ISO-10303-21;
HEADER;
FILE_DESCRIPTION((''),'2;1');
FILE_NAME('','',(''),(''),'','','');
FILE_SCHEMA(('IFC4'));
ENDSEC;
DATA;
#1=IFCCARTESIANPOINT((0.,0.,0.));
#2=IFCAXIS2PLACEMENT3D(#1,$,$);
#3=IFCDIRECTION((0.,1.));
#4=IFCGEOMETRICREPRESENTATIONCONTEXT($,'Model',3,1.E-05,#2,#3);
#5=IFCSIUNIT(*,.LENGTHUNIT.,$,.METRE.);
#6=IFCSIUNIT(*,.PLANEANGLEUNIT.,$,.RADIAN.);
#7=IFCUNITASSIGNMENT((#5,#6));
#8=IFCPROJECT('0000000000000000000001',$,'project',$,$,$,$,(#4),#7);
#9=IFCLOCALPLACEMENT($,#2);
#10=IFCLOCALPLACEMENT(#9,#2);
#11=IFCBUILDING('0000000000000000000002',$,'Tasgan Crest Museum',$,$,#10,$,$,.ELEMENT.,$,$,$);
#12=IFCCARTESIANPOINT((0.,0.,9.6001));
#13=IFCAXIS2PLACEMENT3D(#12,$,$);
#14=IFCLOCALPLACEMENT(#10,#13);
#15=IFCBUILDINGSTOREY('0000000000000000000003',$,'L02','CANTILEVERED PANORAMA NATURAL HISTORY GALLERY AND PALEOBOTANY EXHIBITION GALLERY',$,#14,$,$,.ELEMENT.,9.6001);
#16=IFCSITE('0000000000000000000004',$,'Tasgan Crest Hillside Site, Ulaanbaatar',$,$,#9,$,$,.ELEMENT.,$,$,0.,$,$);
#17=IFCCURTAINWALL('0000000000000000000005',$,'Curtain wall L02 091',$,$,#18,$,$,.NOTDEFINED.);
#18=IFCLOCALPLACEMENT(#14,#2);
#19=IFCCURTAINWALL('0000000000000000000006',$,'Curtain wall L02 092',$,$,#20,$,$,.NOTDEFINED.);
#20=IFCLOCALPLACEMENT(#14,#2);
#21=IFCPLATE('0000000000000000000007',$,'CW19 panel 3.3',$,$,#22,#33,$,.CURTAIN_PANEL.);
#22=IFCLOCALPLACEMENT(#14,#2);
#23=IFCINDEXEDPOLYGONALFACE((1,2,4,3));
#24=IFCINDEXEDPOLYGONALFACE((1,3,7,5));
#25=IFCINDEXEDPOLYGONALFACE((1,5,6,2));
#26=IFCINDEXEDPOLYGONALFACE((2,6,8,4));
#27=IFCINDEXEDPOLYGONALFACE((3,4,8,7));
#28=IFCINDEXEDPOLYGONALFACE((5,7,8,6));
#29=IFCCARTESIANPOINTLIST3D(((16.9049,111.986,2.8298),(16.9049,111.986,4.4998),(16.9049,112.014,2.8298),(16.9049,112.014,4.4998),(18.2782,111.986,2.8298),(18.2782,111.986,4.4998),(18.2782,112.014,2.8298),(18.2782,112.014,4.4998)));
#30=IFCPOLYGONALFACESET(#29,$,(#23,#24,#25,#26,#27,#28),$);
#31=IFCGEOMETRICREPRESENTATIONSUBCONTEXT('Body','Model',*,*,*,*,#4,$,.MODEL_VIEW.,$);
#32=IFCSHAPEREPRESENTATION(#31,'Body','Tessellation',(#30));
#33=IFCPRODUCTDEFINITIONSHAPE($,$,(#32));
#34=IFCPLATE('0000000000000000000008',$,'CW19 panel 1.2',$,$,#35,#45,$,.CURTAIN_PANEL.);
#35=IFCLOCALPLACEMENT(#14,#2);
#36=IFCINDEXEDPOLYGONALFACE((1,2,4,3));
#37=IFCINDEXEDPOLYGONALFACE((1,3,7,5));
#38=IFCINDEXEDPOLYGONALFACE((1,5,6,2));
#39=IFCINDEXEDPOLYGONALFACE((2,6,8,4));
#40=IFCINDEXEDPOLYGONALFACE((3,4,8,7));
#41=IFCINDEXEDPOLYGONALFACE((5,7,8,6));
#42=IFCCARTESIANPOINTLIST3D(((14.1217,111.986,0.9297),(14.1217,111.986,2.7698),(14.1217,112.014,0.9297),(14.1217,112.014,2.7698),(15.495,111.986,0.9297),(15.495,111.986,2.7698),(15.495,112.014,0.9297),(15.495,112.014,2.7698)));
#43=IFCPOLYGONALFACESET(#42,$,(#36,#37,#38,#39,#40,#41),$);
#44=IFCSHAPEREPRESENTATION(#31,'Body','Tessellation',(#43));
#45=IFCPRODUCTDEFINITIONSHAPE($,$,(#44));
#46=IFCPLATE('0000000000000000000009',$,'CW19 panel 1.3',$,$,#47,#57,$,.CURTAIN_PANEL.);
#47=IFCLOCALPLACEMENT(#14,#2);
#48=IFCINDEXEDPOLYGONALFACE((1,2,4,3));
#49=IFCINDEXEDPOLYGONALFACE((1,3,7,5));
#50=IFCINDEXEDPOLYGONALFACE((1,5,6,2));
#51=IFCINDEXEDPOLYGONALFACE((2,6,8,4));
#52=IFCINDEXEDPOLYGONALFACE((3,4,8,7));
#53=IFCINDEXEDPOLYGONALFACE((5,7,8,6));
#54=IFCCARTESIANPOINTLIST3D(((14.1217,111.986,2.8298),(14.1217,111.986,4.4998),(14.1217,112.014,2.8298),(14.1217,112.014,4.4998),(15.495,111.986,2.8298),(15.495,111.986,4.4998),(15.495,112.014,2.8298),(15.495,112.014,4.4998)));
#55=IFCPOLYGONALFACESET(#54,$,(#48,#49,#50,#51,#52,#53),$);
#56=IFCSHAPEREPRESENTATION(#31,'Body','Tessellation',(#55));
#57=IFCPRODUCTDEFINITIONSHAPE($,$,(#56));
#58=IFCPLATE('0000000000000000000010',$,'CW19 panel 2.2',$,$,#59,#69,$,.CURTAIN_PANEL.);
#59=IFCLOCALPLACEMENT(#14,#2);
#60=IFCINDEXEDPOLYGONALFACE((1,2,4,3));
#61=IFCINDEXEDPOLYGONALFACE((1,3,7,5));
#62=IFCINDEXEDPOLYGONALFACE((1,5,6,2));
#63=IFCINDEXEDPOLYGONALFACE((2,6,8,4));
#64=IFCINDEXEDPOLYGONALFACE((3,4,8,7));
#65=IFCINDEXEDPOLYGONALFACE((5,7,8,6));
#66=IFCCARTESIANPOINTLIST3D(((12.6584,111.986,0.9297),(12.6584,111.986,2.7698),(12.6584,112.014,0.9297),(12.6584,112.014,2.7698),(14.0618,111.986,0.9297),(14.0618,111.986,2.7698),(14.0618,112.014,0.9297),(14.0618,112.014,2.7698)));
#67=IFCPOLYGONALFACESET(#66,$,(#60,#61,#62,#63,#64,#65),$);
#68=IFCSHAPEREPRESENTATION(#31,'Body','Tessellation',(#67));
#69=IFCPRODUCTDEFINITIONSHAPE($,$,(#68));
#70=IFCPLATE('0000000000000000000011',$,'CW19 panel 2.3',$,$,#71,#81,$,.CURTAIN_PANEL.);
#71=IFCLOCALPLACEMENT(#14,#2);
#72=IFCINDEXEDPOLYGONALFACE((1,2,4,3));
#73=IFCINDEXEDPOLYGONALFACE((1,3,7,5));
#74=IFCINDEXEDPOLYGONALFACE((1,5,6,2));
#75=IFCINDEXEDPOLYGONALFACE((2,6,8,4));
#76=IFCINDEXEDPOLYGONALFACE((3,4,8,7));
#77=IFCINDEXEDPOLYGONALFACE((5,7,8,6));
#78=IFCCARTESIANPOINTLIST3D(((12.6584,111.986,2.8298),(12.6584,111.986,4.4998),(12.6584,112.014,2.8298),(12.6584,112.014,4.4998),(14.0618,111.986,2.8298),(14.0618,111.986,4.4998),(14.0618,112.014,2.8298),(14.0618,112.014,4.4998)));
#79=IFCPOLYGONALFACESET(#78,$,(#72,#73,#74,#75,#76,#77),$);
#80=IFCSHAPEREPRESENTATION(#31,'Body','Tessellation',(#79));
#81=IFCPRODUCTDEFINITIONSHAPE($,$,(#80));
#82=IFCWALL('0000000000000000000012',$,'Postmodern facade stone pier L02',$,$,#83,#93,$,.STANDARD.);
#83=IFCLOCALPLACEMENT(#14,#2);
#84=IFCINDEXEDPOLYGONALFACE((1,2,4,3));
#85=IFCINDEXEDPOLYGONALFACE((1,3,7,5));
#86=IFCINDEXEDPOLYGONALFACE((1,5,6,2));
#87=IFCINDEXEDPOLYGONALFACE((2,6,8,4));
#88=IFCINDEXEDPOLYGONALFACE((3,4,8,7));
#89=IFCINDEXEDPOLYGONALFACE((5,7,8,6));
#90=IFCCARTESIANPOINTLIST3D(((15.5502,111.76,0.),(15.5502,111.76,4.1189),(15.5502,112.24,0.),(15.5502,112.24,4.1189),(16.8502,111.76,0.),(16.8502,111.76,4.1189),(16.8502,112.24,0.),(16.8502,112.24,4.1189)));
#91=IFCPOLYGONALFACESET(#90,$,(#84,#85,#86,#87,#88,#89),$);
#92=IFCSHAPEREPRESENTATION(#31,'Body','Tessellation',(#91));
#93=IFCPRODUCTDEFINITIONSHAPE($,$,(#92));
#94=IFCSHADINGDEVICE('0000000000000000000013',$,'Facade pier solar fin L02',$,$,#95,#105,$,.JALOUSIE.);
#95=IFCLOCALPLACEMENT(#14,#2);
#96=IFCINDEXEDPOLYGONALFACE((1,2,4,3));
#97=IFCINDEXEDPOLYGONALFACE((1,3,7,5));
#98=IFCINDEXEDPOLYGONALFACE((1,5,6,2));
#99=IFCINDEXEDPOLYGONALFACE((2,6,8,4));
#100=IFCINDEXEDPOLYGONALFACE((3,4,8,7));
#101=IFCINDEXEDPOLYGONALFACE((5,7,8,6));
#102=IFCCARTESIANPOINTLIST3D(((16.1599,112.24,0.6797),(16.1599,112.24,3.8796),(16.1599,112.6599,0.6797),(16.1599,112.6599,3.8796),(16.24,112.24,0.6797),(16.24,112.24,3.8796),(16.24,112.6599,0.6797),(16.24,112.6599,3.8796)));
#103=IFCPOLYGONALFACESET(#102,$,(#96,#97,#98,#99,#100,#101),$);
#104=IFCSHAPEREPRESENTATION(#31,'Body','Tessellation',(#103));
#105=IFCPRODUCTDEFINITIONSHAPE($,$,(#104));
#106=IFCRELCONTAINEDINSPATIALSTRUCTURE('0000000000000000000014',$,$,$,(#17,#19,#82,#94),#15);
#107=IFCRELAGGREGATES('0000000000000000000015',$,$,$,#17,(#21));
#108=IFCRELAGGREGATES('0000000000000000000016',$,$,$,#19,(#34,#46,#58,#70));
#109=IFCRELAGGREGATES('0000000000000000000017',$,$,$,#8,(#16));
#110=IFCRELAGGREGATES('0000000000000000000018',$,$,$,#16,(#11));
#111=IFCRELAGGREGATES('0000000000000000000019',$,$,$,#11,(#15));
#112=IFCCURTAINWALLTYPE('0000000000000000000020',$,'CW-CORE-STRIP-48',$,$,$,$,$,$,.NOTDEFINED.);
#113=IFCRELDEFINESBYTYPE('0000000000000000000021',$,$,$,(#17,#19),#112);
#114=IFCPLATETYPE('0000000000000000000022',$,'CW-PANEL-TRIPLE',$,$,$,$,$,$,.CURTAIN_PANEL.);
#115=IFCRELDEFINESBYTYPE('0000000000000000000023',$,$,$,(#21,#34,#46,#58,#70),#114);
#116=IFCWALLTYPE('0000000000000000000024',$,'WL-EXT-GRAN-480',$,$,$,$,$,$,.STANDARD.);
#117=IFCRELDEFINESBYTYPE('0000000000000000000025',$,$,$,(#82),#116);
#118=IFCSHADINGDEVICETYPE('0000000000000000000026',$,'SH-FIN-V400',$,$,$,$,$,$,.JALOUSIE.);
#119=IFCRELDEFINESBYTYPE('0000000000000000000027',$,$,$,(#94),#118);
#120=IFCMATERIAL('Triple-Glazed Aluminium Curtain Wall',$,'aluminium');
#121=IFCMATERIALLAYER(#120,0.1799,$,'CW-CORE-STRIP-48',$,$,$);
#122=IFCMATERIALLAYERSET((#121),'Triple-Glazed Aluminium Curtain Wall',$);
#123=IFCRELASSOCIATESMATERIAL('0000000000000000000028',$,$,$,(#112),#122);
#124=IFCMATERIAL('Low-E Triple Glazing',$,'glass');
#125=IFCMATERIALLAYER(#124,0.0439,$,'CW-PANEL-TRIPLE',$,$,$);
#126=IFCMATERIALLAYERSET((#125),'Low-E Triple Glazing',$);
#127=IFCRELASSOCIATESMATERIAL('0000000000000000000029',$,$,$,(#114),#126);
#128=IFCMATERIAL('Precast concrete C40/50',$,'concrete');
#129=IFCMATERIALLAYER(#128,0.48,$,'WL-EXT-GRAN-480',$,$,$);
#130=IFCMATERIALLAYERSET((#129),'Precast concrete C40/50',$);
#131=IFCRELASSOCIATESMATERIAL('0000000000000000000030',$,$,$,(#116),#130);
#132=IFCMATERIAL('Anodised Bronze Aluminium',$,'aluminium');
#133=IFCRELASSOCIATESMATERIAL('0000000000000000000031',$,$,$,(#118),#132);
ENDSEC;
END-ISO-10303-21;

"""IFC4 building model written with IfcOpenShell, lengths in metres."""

from ifc_helpers import new_model, si_unit, direction, frame, frame_2d, origin, origin_2d, place, context, subcontext, project, spatial, rectangle, extrude, material, layer, layer_set, type_object, element, aggregate, save


model = new_model("IFC4")

# Units and contexts
model_context = context("Model", 3, precision=1e-05, world=origin(), true_north=direction((0.0, 1.0)))
body_context = subcontext(model_context, "Body", "Model", "MODEL_VIEW")
ifc_project = project(units=[si_unit("LENGTHUNIT", "METRE"), si_unit("PLANEANGLEUNIT", "RADIAN")], contexts=[model_context])

# Site, building, storey
site_placement = place(None, origin())
site = spatial("IfcSite", under=ifc_project, at=site_placement, Name="Tasgan Crest Hillside Site, Ulaanbaatar", CompositionType="ELEMENT", RefElevation=0.0)
building_placement = place(site_placement, origin())
building = spatial("IfcBuilding", under=site, at=building_placement, Name="Tasgan Crest Museum", CompositionType="ELEMENT")
storey_placement = place(building_placement, frame((0.0, 0.0, 9.6001)))
storey = spatial("IfcBuildingStorey", under=building, at=storey_placement, Name="L02", Description="CANTILEVERED PANORAMA NATURAL HISTORY GALLERY AND PALEOBOTANY EXHIBITION GALLERY", CompositionType="ELEMENT", Elevation=9.6001)

# Curtain walls
ifc_material_1 = material(Name="Triple-Glazed Aluminium Curtain Wall", Category="aluminium")
ifc_layer_1 = layer(ifc_material_1, 0.1799, Name="CW-CORE-STRIP-48")
ifc_layer_set_1 = layer_set([ifc_layer_1], Name="Triple-Glazed Aluminium Curtain Wall")
curtain_wall_type = type_object("IfcCurtainWallType", Name="CW-CORE-STRIP-48", PredefinedType="NOTDEFINED", material=ifc_layer_set_1)
curtain_wall_1_placement = place(storey_placement, origin())
curtain_wall_1 = element("IfcCurtainWall", 1, at=curtain_wall_1_placement, inside=storey, type_object=curtain_wall_type, Name="Curtain wall L02 091", PredefinedType="NOTDEFINED")
curtain_wall_2_placement = place(storey_placement, origin())
curtain_wall_2 = element("IfcCurtainWall", 2, at=curtain_wall_2_placement, inside=storey, type_object=curtain_wall_type, Name="Curtain wall L02 092", PredefinedType="NOTDEFINED")

# Plates
ifc_material_2 = material(Name="Low-E Triple Glazing", Category="glass")
ifc_layer_2 = layer(ifc_material_2, 0.0439, Name="CW-PANEL-TRIPLE")
ifc_layer_set_2 = layer_set([ifc_layer_2], Name="Low-E Triple Glazing")
plate_type_1 = type_object("IfcPlateType", Name="CW-PANEL-TRIPLE", PredefinedType="CURTAIN_PANEL", material=ifc_layer_set_2)
plate_1_placement = place(storey_placement, frame((17.5916, 112.0, 2.8298), z_axis=(0.0, 0.0, 1.0), x_axis=(-1.0, 0.0, 0.0)))
plate_1 = element("IfcPlate", 3, at=plate_1_placement, type_object=plate_type_1, Name="CW19 panel 3.3", PredefinedType="CURTAIN_PANEL", context=body_context, shape_type="SweptSolid", body=[
    extrude(rectangle(XDim=1.3733, YDim=0.0281, at=origin_2d()), origin(), (0.0, 0.0, 1.0), 1.6699),
])
aggregate(curtain_wall_1, [plate_1])
plate_2_placement = place(storey_placement, frame((14.8083, 112.0, 0.9297), z_axis=(0.0, 0.0, 1.0), x_axis=(-1.0, 0.0, 0.0)))
plate_2 = element("IfcPlate", 4, at=plate_2_placement, type_object=plate_type_1, Name="CW19 panel 1.2", PredefinedType="CURTAIN_PANEL", context=body_context, shape_type="SweptSolid", body=[
    extrude(rectangle(XDim=1.3733, YDim=0.0281, at=origin_2d()), origin(), (0.0, 0.0, 1.0), 1.8401),
])
plate_3_placement = place(storey_placement, frame((14.8083, 112.0, 2.8298), z_axis=(0.0, 0.0, 1.0), x_axis=(-1.0, 0.0, 0.0)))
plate_3 = element("IfcPlate", 5, at=plate_3_placement, type_object=plate_type_1, Name="CW19 panel 1.3", PredefinedType="CURTAIN_PANEL", context=body_context, shape_type="SweptSolid", body=[
    extrude(rectangle(XDim=1.3733, YDim=0.0281, at=origin_2d()), origin(), (0.0, 0.0, 1.0), 1.6699),
])
plate_4_placement = place(storey_placement, frame((13.3601, 112.0, 0.9297), z_axis=(0.0, 0.0, 1.0), x_axis=(-1.0, 0.0, 0.0)))
plate_4 = element("IfcPlate", 6, at=plate_4_placement, type_object=plate_type_1, Name="CW19 panel 2.2", PredefinedType="CURTAIN_PANEL", context=body_context, shape_type="SweptSolid", body=[
    extrude(rectangle(XDim=1.4033, YDim=0.0281, at=origin_2d()), origin(), (0.0, 0.0, 1.0), 1.8401),
])
plate_5_placement = place(storey_placement, frame((13.3601, 112.0, 2.8298), z_axis=(0.0, 0.0, 1.0), x_axis=(-1.0, 0.0, 0.0)))
plate_5 = element("IfcPlate", 7, at=plate_5_placement, type_object=plate_type_1, Name="CW19 panel 2.3", PredefinedType="CURTAIN_PANEL", context=body_context, shape_type="SweptSolid", body=[
    extrude(rectangle(XDim=1.4033, YDim=0.0281, at=origin_2d()), origin(), (0.0, 0.0, 1.0), 1.6699),
])
aggregate(curtain_wall_2, [plate_2, plate_3, plate_4, plate_5])

# Wall
ifc_material_3 = material(Name="Precast concrete C40/50", Category="concrete")
ifc_layer_3 = layer(ifc_material_3, 0.48, Name="WL-EXT-GRAN-480")
ifc_layer_set_3 = layer_set([ifc_layer_3], Name="Precast concrete C40/50")
wall_type = type_object("IfcWallType", Name="WL-EXT-GRAN-480", PredefinedType="STANDARD", material=ifc_layer_set_3)
wall_placement = place(storey_placement, frame((16.8501, 112.0, 0.0), z_axis=(0.0, 0.0, 1.0), x_axis=(-1.0, 0.0, 0.0)))
element("IfcWall", 8, at=wall_placement, inside=storey, type_object=wall_type, Name="Postmodern facade stone pier L02", PredefinedType="STANDARD", context=body_context, shape_type="SweptSolid", body=[
    extrude(rectangle(XDim=1.3, YDim=0.48, at=frame_2d((0.6499, 0.0))), origin(), (0.0, 0.0, 1.0), 4.1189),
])

# Shading device
ifc_material_4 = material(Name="Anodised Bronze Aluminium", Category="aluminium")
shading_device_type = type_object("IfcShadingDeviceType", Name="SH-FIN-V400", PredefinedType="JALOUSIE", material=ifc_material_4)
shading_device_placement = place(storey_placement, frame((16.2, 112.45, 0.6797), z_axis=(0.0, 0.0, 1.0), x_axis=(-1.0, 0.0, 0.0)))
element("IfcShadingDevice", 9, at=shading_device_placement, inside=storey, type_object=shading_device_type, Name="Facade pier solar fin L02", PredefinedType="JALOUSIE", context=body_context, shape_type="SweptSolid", body=[
    extrude(rectangle(XDim=0.0801, YDim=0.4199, at=origin_2d()), origin(), (0.0, 0.0, 1.0), 3.2),
])

save(model, "model.ifc")
